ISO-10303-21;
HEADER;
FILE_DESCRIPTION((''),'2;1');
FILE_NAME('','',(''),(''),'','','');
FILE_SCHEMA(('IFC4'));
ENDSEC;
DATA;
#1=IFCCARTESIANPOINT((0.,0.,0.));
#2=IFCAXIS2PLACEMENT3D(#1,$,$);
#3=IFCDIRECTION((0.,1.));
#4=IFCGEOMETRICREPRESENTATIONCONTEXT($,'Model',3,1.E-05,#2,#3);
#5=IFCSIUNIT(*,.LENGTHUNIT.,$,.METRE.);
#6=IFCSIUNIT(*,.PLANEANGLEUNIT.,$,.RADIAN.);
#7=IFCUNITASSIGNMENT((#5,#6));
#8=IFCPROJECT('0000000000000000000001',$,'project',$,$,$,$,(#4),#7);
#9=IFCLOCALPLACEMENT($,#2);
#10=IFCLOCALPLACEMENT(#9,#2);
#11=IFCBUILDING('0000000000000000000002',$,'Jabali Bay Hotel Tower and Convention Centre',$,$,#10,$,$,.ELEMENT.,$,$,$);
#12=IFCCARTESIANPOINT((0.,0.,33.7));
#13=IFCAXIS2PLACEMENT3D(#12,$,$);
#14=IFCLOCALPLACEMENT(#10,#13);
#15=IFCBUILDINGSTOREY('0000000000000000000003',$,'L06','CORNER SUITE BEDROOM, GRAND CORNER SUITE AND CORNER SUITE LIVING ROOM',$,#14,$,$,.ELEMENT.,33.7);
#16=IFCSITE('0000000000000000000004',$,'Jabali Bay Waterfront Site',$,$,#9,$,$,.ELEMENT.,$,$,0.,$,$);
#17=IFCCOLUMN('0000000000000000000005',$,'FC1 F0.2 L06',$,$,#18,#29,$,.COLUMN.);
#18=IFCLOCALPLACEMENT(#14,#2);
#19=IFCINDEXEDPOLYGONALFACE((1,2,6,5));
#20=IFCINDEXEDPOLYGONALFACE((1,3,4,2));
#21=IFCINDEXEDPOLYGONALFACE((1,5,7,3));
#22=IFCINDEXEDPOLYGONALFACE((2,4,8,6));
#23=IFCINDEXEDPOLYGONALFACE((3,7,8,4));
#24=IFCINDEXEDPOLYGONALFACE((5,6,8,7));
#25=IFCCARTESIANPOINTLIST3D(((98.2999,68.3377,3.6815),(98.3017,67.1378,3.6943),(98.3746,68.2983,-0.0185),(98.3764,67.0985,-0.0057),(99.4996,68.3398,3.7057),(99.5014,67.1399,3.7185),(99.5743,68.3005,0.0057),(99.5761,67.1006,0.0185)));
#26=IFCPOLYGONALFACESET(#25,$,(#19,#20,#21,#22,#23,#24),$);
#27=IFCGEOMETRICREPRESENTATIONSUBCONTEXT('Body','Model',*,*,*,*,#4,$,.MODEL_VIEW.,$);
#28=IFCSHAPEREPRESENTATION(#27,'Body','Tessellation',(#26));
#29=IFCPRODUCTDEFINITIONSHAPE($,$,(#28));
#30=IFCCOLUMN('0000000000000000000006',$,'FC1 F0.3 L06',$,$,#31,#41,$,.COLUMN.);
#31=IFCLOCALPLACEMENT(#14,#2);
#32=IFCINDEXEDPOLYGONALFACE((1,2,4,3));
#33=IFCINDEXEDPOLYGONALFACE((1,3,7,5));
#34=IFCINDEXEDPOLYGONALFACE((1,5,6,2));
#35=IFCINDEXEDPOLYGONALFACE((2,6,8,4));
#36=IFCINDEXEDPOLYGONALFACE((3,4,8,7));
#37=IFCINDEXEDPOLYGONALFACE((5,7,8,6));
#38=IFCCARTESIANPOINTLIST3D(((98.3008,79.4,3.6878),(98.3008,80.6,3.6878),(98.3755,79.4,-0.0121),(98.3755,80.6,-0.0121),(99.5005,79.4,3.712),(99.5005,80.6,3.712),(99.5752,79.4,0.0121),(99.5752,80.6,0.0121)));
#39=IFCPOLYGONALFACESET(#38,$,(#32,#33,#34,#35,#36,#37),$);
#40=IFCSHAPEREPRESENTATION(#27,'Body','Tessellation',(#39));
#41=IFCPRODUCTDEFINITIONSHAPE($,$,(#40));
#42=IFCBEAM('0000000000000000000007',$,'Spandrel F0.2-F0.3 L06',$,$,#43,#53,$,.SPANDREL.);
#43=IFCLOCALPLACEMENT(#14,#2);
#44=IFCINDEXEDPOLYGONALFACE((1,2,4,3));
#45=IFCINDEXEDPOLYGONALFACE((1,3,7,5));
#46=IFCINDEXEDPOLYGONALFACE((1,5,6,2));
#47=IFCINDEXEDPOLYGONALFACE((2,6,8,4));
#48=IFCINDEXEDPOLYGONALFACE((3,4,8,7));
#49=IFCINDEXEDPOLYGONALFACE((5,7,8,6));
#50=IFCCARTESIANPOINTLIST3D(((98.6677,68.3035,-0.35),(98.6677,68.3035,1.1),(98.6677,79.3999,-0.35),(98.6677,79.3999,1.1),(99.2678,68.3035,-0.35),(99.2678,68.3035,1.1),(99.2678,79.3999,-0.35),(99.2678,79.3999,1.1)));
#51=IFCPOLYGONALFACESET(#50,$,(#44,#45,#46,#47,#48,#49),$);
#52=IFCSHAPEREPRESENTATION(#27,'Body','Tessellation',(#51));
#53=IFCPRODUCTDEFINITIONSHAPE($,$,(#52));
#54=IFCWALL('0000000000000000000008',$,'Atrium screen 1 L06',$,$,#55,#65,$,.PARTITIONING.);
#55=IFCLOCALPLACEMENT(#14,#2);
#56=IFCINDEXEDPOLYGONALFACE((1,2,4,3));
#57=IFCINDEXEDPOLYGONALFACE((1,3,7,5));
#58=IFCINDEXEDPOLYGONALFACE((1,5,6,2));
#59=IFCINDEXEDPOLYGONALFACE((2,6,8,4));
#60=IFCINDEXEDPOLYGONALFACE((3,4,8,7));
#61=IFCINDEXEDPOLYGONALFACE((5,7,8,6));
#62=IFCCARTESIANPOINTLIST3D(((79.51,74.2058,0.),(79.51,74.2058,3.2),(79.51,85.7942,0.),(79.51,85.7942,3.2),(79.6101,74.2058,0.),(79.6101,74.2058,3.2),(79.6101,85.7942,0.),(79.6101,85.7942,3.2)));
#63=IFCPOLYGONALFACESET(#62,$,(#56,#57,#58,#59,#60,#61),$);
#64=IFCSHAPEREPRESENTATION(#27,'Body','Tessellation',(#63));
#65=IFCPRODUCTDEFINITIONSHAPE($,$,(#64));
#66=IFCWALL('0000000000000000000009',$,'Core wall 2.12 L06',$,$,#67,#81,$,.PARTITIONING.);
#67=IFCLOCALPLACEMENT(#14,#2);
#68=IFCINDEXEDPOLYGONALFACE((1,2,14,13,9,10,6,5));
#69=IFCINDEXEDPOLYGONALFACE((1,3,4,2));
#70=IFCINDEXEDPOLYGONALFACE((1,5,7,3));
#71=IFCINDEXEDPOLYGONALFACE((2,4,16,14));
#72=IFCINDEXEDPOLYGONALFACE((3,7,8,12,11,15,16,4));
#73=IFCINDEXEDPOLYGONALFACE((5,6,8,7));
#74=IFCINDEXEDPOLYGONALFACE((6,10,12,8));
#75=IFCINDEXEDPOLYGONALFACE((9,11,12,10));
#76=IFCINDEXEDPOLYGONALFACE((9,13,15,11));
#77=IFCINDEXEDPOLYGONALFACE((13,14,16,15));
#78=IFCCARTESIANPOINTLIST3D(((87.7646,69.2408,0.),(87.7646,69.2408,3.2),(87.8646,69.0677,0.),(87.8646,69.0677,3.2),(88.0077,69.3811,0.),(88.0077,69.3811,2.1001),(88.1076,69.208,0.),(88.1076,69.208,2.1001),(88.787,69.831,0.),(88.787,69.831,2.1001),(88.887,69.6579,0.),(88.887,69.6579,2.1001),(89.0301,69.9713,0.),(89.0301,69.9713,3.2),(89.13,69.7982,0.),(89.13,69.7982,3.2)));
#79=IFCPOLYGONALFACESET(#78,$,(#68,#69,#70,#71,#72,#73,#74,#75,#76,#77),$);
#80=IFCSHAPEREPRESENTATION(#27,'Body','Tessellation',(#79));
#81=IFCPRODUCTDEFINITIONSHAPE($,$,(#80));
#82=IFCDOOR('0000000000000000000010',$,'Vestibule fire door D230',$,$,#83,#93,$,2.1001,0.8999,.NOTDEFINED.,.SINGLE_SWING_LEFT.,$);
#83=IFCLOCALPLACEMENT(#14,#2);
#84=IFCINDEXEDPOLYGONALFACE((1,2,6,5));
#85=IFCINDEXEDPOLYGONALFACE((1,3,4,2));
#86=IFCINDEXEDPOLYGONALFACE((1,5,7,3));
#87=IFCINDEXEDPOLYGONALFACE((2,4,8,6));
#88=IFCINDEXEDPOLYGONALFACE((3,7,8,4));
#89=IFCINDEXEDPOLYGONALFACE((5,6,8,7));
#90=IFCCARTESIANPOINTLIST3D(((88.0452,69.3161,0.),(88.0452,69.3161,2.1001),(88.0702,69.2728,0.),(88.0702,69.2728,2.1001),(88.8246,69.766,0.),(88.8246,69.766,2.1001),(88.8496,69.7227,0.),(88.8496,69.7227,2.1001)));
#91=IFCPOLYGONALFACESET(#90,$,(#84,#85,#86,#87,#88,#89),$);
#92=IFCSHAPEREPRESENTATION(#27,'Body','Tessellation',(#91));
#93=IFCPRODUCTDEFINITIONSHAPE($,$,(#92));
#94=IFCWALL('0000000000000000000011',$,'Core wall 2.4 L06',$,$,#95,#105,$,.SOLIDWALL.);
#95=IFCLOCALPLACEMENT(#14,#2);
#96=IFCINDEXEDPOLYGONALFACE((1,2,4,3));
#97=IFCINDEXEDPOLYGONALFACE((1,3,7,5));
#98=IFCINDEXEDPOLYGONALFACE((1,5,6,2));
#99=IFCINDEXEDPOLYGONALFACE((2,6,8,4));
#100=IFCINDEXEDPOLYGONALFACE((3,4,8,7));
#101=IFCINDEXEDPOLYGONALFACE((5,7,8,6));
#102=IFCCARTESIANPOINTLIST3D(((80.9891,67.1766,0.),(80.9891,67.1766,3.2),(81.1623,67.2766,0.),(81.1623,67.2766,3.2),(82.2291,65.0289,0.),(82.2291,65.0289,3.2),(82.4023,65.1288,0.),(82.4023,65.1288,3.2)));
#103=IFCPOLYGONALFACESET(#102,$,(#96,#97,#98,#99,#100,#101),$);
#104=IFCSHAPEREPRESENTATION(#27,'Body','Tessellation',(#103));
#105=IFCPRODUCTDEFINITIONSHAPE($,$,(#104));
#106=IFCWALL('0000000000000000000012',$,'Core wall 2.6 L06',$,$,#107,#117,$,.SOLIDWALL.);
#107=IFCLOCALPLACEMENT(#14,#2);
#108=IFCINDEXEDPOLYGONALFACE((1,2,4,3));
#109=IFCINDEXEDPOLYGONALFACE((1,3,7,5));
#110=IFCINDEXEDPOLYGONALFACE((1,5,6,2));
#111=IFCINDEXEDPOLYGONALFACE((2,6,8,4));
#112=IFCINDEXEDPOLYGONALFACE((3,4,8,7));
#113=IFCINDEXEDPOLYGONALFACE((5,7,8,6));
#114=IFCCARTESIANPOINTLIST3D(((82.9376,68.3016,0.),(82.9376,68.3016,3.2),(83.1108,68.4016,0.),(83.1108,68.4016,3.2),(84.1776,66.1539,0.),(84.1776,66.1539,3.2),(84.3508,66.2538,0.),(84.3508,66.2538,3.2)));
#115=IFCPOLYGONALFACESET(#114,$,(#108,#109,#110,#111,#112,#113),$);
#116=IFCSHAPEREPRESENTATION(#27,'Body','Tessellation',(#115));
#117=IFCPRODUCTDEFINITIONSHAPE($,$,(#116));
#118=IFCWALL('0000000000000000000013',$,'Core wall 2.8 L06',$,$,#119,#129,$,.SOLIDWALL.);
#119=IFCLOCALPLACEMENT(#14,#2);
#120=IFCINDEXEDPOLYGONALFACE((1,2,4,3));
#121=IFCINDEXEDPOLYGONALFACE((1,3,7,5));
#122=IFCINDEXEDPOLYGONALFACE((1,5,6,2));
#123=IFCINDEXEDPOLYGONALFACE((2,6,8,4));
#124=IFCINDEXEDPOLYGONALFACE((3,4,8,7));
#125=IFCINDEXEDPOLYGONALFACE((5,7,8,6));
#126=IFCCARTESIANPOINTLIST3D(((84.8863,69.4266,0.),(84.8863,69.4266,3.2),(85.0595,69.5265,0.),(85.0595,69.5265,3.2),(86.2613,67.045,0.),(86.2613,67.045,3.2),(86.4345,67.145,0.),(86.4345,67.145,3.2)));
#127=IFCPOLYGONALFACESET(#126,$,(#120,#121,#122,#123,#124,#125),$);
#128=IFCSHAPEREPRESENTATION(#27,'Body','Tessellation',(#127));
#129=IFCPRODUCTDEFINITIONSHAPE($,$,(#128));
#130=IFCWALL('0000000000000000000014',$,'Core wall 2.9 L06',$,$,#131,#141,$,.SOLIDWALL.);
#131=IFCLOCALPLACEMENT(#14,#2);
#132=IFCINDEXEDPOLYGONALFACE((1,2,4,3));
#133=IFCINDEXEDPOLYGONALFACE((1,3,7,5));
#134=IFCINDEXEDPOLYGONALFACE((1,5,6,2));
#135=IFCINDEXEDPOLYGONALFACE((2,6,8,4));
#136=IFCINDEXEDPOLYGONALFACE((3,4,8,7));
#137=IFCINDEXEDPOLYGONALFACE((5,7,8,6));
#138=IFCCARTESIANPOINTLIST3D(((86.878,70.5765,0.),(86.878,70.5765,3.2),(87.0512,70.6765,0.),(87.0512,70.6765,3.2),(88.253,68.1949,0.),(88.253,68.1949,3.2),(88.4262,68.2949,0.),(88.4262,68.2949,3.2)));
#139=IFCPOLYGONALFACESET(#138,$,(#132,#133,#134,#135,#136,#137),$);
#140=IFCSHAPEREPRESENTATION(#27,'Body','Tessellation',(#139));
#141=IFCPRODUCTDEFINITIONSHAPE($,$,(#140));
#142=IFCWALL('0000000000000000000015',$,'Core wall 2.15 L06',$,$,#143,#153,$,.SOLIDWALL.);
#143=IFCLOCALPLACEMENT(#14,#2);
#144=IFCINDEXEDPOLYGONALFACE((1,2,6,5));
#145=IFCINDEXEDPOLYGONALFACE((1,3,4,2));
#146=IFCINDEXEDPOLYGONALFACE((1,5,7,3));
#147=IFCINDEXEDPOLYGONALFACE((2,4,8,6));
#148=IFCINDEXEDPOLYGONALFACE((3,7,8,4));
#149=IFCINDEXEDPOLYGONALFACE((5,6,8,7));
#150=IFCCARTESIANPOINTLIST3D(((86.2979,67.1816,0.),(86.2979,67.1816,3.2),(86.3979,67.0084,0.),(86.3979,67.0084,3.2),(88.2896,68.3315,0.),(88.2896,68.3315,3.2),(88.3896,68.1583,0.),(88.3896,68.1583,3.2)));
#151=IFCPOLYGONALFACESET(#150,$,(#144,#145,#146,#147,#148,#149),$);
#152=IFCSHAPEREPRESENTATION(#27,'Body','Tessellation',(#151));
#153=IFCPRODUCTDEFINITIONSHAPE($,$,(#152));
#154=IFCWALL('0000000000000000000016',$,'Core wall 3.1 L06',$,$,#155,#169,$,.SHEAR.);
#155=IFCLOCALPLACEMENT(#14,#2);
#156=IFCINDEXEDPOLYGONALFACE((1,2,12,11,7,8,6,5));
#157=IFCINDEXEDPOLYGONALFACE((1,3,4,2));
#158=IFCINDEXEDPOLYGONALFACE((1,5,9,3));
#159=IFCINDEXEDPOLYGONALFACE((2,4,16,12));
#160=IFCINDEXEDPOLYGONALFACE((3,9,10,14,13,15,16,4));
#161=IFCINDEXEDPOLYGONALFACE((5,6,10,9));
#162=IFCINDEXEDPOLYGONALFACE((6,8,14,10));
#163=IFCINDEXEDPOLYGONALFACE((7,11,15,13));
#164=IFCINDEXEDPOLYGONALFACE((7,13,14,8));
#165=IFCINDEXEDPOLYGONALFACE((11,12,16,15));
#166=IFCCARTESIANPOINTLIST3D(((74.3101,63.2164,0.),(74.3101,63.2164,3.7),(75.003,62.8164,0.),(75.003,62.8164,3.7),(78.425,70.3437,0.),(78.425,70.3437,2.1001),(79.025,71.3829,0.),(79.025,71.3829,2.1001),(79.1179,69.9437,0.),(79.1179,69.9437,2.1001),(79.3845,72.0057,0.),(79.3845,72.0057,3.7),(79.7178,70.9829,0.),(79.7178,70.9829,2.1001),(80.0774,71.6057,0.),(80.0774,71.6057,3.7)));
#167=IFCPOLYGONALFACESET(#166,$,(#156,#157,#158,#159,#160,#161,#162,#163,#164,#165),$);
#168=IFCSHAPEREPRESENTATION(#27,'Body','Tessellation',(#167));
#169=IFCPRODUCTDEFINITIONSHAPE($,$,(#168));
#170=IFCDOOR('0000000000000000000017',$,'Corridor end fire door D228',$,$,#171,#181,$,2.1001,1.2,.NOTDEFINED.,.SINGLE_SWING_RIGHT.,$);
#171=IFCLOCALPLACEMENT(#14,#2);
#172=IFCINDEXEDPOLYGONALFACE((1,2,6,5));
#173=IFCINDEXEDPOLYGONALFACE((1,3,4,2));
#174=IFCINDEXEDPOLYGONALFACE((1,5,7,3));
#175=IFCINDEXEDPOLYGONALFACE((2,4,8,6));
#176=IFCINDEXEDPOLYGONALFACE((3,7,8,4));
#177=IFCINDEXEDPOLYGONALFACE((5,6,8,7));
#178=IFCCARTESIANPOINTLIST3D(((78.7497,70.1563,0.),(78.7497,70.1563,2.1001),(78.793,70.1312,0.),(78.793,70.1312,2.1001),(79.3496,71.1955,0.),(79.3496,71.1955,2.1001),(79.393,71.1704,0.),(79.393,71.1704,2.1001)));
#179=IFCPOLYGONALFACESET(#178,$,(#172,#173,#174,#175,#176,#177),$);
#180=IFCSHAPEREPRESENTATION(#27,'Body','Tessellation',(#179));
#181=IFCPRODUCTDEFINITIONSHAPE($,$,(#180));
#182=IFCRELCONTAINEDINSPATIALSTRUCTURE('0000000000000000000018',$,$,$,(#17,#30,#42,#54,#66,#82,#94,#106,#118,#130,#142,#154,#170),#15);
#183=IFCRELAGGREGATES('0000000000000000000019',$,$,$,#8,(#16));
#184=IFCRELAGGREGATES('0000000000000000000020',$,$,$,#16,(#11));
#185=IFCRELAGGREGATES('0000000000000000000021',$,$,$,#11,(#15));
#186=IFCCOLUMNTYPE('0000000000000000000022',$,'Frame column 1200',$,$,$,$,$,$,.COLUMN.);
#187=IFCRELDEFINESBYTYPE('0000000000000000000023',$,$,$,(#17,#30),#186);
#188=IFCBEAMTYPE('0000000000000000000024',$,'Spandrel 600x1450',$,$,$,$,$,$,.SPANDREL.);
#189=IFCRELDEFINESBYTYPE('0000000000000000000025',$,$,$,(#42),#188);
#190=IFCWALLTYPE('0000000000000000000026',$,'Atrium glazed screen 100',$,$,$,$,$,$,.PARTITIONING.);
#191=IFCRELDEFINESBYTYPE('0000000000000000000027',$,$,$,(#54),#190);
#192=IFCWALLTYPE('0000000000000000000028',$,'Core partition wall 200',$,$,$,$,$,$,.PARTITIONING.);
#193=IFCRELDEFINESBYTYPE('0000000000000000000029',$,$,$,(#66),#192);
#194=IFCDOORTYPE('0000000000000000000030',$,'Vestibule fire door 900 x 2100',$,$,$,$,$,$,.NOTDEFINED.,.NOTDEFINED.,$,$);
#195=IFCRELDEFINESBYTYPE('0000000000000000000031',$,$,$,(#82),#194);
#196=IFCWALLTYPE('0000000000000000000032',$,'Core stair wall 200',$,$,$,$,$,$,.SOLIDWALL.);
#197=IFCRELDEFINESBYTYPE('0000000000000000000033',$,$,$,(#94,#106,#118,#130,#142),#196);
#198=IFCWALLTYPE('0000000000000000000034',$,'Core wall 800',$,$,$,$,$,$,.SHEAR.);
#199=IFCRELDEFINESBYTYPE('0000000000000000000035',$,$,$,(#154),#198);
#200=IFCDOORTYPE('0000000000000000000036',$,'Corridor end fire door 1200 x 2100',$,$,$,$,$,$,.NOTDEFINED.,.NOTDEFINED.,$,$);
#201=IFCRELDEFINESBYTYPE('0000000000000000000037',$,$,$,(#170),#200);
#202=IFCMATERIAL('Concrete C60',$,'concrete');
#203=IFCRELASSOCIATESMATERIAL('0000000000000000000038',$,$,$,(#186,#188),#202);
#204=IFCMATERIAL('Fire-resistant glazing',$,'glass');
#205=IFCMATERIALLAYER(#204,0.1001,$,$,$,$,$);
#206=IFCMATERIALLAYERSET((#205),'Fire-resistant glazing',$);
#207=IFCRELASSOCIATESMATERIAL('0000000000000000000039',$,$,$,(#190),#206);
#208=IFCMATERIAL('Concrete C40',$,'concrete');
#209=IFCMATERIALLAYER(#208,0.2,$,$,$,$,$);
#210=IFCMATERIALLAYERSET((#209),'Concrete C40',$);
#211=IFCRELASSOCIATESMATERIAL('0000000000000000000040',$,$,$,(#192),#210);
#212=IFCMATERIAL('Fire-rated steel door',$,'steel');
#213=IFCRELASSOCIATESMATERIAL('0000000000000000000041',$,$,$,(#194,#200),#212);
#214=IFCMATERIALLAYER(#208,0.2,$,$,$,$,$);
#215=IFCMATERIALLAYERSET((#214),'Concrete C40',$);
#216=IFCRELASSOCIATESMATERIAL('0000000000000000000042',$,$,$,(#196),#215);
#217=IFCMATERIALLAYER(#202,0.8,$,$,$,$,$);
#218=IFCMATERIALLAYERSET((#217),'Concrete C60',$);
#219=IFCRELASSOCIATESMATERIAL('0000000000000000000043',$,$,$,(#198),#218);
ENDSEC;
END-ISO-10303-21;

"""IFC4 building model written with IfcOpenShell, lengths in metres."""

from ifc_helpers import new_model, si_unit, direction, frame, frame_2d, origin, origin_2d, place, context, subcontext, project, spatial, rectangle, extrude, material, layer, layer_set, material_profile, profile_set, type_object, element, fill, save


model = new_model("IFC4")

# Units and contexts
model_context = context("Model", 3, precision=1e-05, world=origin(), true_north=direction((0.0, 1.0)))
body_context = subcontext(model_context, "Body", "Model", "MODEL_VIEW")
ifc_project = project(units=[si_unit("LENGTHUNIT", "METRE"), si_unit("PLANEANGLEUNIT", "RADIAN")], contexts=[model_context])

# Site, building, storey
site_placement = place(None, origin())
site = spatial("IfcSite", under=ifc_project, at=site_placement, Name="Jabali Bay Waterfront Site", CompositionType="ELEMENT", RefElevation=0.0)
building_placement = place(site_placement, origin())
building = spatial("IfcBuilding", under=site, at=building_placement, Name="Jabali Bay Hotel Tower and Convention Centre", CompositionType="ELEMENT")
storey_placement = place(building_placement, frame((0.0, 0.0, 33.7)))
storey = spatial("IfcBuildingStorey", under=building, at=storey_placement, Name="L06", Description="CORNER SUITE BEDROOM, GRAND CORNER SUITE AND CORNER SUITE LIVING ROOM", CompositionType="ELEMENT", Elevation=33.7)

# Columns
ifc_material_1 = material(Name="Concrete C60", Category="concrete")
ifc_material_profile_1 = material_profile(ifc_material_1, rectangle(XDim=1.2, YDim=1.2, at=origin_2d()), Name="Frame column 1200")
ifc_profile_set_1 = profile_set([ifc_material_profile_1], Name="Concrete C60")
column_type = type_object("IfcColumnType", Name="Frame column 1200", PredefinedType="COLUMN", material=ifc_profile_set_1)
column_1_placement = place(storey_placement, frame((98.9753, 67.6995, 0.0), z_axis=(-0.020186, 0.010621, 0.99974), x_axis=(0.001543, -0.999942, 0.010654)))
element("IfcColumn", 1, at=column_1_placement, inside=storey, type_object=column_type, Name="FC1 F0.2 L06", PredefinedType="COLUMN", context=body_context, shape_type="SweptSolid", body=[
    extrude(rectangle(XDim=1.2, YDim=1.2, at=origin_2d()), origin(), (0.0, 0.0, 1.0), 3.7009),
])
column_2_placement = place(storey_placement, frame((98.9753, 80.0, 0.0), z_axis=(-0.020187, 0.0, 0.999796), x_axis=(0.0, -1.0, 0.0)))
element("IfcColumn", 2, at=column_2_placement, inside=storey, type_object=column_type, Name="FC1 F0.3 L06", PredefinedType="COLUMN", context=body_context, shape_type="SweptSolid", body=[
    extrude(rectangle(XDim=1.2, YDim=1.2, at=origin_2d()), origin(), (0.0, 0.0, 1.0), 3.7007),
])

# Beam
ifc_material_profile_2 = material_profile(ifc_material_1, rectangle(XDim=0.6001, YDim=1.45, at=origin_2d()), Name="Spandrel 600x1450")
ifc_profile_set_2 = profile_set([ifc_material_profile_2], Name="Concrete C60")
beam_type = type_object("IfcBeamType", Name="Spandrel 600x1450", PredefinedType="SPANDREL", material=ifc_profile_set_2)
beam_placement = place(storey_placement, frame((98.9678, 68.3035, 0.375), z_axis=(0.0, 1.0, 0.0), x_axis=(-1.0, 0.0, 0.0)))
element("IfcBeam", 3, at=beam_placement, inside=storey, type_object=beam_type, Name="Spandrel F0.2-F0.3 L06", PredefinedType="SPANDREL", context=body_context, shape_type="SweptSolid", body=[
    extrude(rectangle(XDim=0.6001, YDim=1.45, at=origin_2d()), origin(), (0.0, 0.0, 1.0), 11.0964),
])

# Wall
ifc_material_2 = material(Name="Fire-resistant glazing", Category="glass")
ifc_layer_1 = layer(ifc_material_2, 0.1001)
ifc_layer_set_1 = layer_set([ifc_layer_1], Name="Fire-resistant glazing")
wall_type_1 = type_object("IfcWallType", Name="Atrium glazed screen 100", PredefinedType="PARTITIONING", material=ifc_layer_set_1)
wall_1_placement = place(storey_placement, frame((79.5601, 74.2058, 0.0), z_axis=(0.0, 0.0, 1.0), x_axis=(0.0, 1.0, 0.0)))
element("IfcWall", 4, at=wall_1_placement, inside=storey, type_object=wall_type_1, Name="Atrium screen 1 L06", PredefinedType="PARTITIONING", context=body_context, shape_type="SweptSolid", body=[
    extrude(rectangle(XDim=11.5884, YDim=0.1001, at=frame_2d((5.7942, 0.0))), origin(), (0.0, 0.0, 1.0), 3.2),
])

# Wall, opening, door
ifc_material_3 = material(Name="Concrete C40", Category="concrete")
ifc_layer_2 = layer(ifc_material_3, 0.2)
ifc_layer_set_2 = layer_set([ifc_layer_2], Name="Concrete C40")
wall_type_2 = type_object("IfcWallType", Name="Core partition wall 200", PredefinedType="PARTITIONING", material=ifc_layer_set_2)
wall_2_placement = place(storey_placement, frame((87.8147, 69.1543, 0.0), z_axis=(0.0, 0.0, 1.0), x_axis=(0.866055, 0.499949, 0.0)))
wall_2 = element("IfcWall", 5, at=wall_2_placement, inside=storey, type_object=wall_type_2, Name="Core wall 2.12 L06", PredefinedType="PARTITIONING", context=body_context, shape_type="SweptSolid", body=[
    extrude(rectangle(XDim=1.4612, YDim=0.2, at=frame_2d((0.7305, 0.0))), origin(), (0.0, 0.0, 1.0), 3.2),
])
opening_1_placement = place(wall_2_placement, frame((0.2805, 0.0, 0.0)))
opening_1 = element("IfcOpeningElement", 6, at=opening_1_placement, cuts=wall_2, PredefinedType="OPENING", context=body_context, shape_type="SweptSolid", body=[
    extrude(rectangle(XDim=0.8999, YDim=2.1001, at=frame_2d((0.45, 1.05))), frame((0.0, 0.1104, 0.0), z_axis=(0.0, -1.0, 0.0), x_axis=(1.0, 0.0, 0.0)), (0.0, 0.0, 1.0), 0.2209),
])
ifc_material_4 = material(Name="Fire-rated steel door", Category="steel")
door_type_1 = type_object("IfcDoorType", Name="Vestibule fire door 900 x 2100", OperationType="NOTDEFINED", PredefinedType="NOTDEFINED", material=ifc_material_4)
door_1_placement = place(opening_1_placement, origin())
door_1 = element("IfcDoor", 7, at=door_1_placement, inside=storey, type_object=door_type_1, Name="Vestibule fire door D230", OperationType="SINGLE_SWING_LEFT", OverallHeight=2.1001, OverallWidth=0.8999, PredefinedType="NOTDEFINED", context=body_context, shape_type="SweptSolid", body=[
    extrude(rectangle(XDim=0.8999, YDim=2.1001, at=frame_2d((0.45, 1.05))), frame((0.0, 0.0249, 0.0), z_axis=(0.0, -1.0, 0.0), x_axis=(1.0, 0.0, 0.0)), (0.0, 0.0, 1.0), 0.05),
])
fill(opening_1, door_1)

# Walls
ifc_layer_3 = layer(ifc_material_3, 0.2)
ifc_layer_set_3 = layer_set([ifc_layer_3], Name="Concrete C40")
wall_type_3 = type_object("IfcWallType", Name="Core stair wall 200", PredefinedType="SOLIDWALL", material=ifc_layer_set_3)
for number, where, z_axis, x_axis, name in (
    (8, (81.0757, 67.2266, 0.0), (0.0, 0.0, 1.0), (0.500004, -0.866023, 0.0), "Core wall 2.4 L06"),
    (9, (83.0242, 68.3516, 0.0), (0.0, 0.0, 1.0), (0.500004, -0.866023, 0.0), "Core wall 2.6 L06"),
):
    element("IfcWall", number, at=place(storey_placement, frame(where, z_axis=z_axis, x_axis=x_axis)), inside=storey, type_object=wall_type_3, Name=name, PredefinedType="SOLIDWALL", context=body_context, shape_type="SweptSolid", body=[
        extrude(rectangle(XDim=2.48, YDim=0.2, at=frame_2d((1.24, 0.0))), origin(), (0.0, 0.0, 1.0), 3.2),
    ])
for number, where, z_axis, x_axis, name in (
    (10, (84.9729, 69.4766, 0.0), (0.0, 0.0, 1.0), (0.499997, -0.866027, 0.0), "Core wall 2.8 L06"),
    (11, (86.9646, 70.6265, 0.0), (0.0, 0.0, 1.0), (0.499997, -0.866027, 0.0), "Core wall 2.9 L06"),
):
    element("IfcWall", number, at=place(storey_placement, frame(where, z_axis=z_axis, x_axis=x_axis)), inside=storey, type_object=wall_type_3, Name=name, PredefinedType="SOLIDWALL", context=body_context, shape_type="SweptSolid", body=[
        extrude(rectangle(XDim=2.75, YDim=0.2, at=frame_2d((1.375, 0.0))), origin(), (0.0, 0.0, 1.0), 3.2),
    ])
wall_3_placement = place(storey_placement, frame((86.3479, 67.095, 0.0), z_axis=(0.0, 0.0, 1.0), x_axis=(0.866026, 0.499998, 0.0)))
element("IfcWall", 12, at=wall_3_placement, inside=storey, type_object=wall_type_3, Name="Core wall 2.15 L06", PredefinedType="SOLIDWALL", context=body_context, shape_type="SweptSolid", body=[
    extrude(rectangle(XDim=2.2998, YDim=0.2, at=frame_2d((1.1499, 0.0))), origin(), (0.0, 0.0, 1.0), 3.2),
])

# Wall, opening, door
ifc_layer_4 = layer(ifc_material_1, 0.8)
ifc_layer_set_4 = layer_set([ifc_layer_4], Name="Concrete C60")
wall_type_4 = type_object("IfcWallType", Name="Core wall 800", PredefinedType="SHEAR", material=ifc_layer_set_4)
wall_4_placement = place(storey_placement, frame((79.731, 71.8057, 0.0), z_axis=(0.0, 0.0, 1.0), x_axis=(-0.499997, -0.866027, 0.0)))
wall_4 = element("IfcWall", 13, at=wall_4_placement, inside=storey, type_object=wall_type_4, Name="Core wall 3.1 L06", PredefinedType="SHEAR", context=body_context, shape_type="SweptSolid", body=[
    extrude(rectangle(XDim=10.1489, YDim=0.8, at=frame_2d((5.0745, 0.0))), origin(), (0.0, 0.0, 1.0), 3.7),
])
opening_2_placement = place(wall_4_placement, frame((0.719, 0.0, 0.0)))
opening_2 = element("IfcOpeningElement", 14, at=opening_2_placement, cuts=wall_4, PredefinedType="OPENING", context=body_context, shape_type="SweptSolid", body=[
    extrude(rectangle(XDim=1.2, YDim=2.1001, at=frame_2d((0.6001, 1.05))), frame((0.0, 0.4106, 0.0), z_axis=(0.0, -1.0, 0.0), x_axis=(1.0, 0.0, 0.0)), (0.0, 0.0, 1.0), 0.821),
])
door_type_2 = type_object("IfcDoorType", Name="Corridor end fire door 1200 x 2100", OperationType="NOTDEFINED", PredefinedType="NOTDEFINED", material=ifc_material_4)
door_2_placement = place(opening_2_placement, origin())
door_2 = element("IfcDoor", 15, at=door_2_placement, inside=storey, type_object=door_type_2, Name="Corridor end fire door D228", OperationType="SINGLE_SWING_RIGHT", OverallHeight=2.1001, OverallWidth=1.2, PredefinedType="NOTDEFINED", context=body_context, shape_type="SweptSolid", body=[
    extrude(rectangle(XDim=1.2, YDim=2.1001, at=frame_2d((0.6001, 1.05))), frame((0.0, 0.0249, 0.0), z_axis=(0.0, -1.0, 0.0), x_axis=(1.0, 0.0, 0.0)), (0.0, 0.0, 1.0), 0.05),
])
fill(opening_2, door_2)

save(model, "model.ifc")
